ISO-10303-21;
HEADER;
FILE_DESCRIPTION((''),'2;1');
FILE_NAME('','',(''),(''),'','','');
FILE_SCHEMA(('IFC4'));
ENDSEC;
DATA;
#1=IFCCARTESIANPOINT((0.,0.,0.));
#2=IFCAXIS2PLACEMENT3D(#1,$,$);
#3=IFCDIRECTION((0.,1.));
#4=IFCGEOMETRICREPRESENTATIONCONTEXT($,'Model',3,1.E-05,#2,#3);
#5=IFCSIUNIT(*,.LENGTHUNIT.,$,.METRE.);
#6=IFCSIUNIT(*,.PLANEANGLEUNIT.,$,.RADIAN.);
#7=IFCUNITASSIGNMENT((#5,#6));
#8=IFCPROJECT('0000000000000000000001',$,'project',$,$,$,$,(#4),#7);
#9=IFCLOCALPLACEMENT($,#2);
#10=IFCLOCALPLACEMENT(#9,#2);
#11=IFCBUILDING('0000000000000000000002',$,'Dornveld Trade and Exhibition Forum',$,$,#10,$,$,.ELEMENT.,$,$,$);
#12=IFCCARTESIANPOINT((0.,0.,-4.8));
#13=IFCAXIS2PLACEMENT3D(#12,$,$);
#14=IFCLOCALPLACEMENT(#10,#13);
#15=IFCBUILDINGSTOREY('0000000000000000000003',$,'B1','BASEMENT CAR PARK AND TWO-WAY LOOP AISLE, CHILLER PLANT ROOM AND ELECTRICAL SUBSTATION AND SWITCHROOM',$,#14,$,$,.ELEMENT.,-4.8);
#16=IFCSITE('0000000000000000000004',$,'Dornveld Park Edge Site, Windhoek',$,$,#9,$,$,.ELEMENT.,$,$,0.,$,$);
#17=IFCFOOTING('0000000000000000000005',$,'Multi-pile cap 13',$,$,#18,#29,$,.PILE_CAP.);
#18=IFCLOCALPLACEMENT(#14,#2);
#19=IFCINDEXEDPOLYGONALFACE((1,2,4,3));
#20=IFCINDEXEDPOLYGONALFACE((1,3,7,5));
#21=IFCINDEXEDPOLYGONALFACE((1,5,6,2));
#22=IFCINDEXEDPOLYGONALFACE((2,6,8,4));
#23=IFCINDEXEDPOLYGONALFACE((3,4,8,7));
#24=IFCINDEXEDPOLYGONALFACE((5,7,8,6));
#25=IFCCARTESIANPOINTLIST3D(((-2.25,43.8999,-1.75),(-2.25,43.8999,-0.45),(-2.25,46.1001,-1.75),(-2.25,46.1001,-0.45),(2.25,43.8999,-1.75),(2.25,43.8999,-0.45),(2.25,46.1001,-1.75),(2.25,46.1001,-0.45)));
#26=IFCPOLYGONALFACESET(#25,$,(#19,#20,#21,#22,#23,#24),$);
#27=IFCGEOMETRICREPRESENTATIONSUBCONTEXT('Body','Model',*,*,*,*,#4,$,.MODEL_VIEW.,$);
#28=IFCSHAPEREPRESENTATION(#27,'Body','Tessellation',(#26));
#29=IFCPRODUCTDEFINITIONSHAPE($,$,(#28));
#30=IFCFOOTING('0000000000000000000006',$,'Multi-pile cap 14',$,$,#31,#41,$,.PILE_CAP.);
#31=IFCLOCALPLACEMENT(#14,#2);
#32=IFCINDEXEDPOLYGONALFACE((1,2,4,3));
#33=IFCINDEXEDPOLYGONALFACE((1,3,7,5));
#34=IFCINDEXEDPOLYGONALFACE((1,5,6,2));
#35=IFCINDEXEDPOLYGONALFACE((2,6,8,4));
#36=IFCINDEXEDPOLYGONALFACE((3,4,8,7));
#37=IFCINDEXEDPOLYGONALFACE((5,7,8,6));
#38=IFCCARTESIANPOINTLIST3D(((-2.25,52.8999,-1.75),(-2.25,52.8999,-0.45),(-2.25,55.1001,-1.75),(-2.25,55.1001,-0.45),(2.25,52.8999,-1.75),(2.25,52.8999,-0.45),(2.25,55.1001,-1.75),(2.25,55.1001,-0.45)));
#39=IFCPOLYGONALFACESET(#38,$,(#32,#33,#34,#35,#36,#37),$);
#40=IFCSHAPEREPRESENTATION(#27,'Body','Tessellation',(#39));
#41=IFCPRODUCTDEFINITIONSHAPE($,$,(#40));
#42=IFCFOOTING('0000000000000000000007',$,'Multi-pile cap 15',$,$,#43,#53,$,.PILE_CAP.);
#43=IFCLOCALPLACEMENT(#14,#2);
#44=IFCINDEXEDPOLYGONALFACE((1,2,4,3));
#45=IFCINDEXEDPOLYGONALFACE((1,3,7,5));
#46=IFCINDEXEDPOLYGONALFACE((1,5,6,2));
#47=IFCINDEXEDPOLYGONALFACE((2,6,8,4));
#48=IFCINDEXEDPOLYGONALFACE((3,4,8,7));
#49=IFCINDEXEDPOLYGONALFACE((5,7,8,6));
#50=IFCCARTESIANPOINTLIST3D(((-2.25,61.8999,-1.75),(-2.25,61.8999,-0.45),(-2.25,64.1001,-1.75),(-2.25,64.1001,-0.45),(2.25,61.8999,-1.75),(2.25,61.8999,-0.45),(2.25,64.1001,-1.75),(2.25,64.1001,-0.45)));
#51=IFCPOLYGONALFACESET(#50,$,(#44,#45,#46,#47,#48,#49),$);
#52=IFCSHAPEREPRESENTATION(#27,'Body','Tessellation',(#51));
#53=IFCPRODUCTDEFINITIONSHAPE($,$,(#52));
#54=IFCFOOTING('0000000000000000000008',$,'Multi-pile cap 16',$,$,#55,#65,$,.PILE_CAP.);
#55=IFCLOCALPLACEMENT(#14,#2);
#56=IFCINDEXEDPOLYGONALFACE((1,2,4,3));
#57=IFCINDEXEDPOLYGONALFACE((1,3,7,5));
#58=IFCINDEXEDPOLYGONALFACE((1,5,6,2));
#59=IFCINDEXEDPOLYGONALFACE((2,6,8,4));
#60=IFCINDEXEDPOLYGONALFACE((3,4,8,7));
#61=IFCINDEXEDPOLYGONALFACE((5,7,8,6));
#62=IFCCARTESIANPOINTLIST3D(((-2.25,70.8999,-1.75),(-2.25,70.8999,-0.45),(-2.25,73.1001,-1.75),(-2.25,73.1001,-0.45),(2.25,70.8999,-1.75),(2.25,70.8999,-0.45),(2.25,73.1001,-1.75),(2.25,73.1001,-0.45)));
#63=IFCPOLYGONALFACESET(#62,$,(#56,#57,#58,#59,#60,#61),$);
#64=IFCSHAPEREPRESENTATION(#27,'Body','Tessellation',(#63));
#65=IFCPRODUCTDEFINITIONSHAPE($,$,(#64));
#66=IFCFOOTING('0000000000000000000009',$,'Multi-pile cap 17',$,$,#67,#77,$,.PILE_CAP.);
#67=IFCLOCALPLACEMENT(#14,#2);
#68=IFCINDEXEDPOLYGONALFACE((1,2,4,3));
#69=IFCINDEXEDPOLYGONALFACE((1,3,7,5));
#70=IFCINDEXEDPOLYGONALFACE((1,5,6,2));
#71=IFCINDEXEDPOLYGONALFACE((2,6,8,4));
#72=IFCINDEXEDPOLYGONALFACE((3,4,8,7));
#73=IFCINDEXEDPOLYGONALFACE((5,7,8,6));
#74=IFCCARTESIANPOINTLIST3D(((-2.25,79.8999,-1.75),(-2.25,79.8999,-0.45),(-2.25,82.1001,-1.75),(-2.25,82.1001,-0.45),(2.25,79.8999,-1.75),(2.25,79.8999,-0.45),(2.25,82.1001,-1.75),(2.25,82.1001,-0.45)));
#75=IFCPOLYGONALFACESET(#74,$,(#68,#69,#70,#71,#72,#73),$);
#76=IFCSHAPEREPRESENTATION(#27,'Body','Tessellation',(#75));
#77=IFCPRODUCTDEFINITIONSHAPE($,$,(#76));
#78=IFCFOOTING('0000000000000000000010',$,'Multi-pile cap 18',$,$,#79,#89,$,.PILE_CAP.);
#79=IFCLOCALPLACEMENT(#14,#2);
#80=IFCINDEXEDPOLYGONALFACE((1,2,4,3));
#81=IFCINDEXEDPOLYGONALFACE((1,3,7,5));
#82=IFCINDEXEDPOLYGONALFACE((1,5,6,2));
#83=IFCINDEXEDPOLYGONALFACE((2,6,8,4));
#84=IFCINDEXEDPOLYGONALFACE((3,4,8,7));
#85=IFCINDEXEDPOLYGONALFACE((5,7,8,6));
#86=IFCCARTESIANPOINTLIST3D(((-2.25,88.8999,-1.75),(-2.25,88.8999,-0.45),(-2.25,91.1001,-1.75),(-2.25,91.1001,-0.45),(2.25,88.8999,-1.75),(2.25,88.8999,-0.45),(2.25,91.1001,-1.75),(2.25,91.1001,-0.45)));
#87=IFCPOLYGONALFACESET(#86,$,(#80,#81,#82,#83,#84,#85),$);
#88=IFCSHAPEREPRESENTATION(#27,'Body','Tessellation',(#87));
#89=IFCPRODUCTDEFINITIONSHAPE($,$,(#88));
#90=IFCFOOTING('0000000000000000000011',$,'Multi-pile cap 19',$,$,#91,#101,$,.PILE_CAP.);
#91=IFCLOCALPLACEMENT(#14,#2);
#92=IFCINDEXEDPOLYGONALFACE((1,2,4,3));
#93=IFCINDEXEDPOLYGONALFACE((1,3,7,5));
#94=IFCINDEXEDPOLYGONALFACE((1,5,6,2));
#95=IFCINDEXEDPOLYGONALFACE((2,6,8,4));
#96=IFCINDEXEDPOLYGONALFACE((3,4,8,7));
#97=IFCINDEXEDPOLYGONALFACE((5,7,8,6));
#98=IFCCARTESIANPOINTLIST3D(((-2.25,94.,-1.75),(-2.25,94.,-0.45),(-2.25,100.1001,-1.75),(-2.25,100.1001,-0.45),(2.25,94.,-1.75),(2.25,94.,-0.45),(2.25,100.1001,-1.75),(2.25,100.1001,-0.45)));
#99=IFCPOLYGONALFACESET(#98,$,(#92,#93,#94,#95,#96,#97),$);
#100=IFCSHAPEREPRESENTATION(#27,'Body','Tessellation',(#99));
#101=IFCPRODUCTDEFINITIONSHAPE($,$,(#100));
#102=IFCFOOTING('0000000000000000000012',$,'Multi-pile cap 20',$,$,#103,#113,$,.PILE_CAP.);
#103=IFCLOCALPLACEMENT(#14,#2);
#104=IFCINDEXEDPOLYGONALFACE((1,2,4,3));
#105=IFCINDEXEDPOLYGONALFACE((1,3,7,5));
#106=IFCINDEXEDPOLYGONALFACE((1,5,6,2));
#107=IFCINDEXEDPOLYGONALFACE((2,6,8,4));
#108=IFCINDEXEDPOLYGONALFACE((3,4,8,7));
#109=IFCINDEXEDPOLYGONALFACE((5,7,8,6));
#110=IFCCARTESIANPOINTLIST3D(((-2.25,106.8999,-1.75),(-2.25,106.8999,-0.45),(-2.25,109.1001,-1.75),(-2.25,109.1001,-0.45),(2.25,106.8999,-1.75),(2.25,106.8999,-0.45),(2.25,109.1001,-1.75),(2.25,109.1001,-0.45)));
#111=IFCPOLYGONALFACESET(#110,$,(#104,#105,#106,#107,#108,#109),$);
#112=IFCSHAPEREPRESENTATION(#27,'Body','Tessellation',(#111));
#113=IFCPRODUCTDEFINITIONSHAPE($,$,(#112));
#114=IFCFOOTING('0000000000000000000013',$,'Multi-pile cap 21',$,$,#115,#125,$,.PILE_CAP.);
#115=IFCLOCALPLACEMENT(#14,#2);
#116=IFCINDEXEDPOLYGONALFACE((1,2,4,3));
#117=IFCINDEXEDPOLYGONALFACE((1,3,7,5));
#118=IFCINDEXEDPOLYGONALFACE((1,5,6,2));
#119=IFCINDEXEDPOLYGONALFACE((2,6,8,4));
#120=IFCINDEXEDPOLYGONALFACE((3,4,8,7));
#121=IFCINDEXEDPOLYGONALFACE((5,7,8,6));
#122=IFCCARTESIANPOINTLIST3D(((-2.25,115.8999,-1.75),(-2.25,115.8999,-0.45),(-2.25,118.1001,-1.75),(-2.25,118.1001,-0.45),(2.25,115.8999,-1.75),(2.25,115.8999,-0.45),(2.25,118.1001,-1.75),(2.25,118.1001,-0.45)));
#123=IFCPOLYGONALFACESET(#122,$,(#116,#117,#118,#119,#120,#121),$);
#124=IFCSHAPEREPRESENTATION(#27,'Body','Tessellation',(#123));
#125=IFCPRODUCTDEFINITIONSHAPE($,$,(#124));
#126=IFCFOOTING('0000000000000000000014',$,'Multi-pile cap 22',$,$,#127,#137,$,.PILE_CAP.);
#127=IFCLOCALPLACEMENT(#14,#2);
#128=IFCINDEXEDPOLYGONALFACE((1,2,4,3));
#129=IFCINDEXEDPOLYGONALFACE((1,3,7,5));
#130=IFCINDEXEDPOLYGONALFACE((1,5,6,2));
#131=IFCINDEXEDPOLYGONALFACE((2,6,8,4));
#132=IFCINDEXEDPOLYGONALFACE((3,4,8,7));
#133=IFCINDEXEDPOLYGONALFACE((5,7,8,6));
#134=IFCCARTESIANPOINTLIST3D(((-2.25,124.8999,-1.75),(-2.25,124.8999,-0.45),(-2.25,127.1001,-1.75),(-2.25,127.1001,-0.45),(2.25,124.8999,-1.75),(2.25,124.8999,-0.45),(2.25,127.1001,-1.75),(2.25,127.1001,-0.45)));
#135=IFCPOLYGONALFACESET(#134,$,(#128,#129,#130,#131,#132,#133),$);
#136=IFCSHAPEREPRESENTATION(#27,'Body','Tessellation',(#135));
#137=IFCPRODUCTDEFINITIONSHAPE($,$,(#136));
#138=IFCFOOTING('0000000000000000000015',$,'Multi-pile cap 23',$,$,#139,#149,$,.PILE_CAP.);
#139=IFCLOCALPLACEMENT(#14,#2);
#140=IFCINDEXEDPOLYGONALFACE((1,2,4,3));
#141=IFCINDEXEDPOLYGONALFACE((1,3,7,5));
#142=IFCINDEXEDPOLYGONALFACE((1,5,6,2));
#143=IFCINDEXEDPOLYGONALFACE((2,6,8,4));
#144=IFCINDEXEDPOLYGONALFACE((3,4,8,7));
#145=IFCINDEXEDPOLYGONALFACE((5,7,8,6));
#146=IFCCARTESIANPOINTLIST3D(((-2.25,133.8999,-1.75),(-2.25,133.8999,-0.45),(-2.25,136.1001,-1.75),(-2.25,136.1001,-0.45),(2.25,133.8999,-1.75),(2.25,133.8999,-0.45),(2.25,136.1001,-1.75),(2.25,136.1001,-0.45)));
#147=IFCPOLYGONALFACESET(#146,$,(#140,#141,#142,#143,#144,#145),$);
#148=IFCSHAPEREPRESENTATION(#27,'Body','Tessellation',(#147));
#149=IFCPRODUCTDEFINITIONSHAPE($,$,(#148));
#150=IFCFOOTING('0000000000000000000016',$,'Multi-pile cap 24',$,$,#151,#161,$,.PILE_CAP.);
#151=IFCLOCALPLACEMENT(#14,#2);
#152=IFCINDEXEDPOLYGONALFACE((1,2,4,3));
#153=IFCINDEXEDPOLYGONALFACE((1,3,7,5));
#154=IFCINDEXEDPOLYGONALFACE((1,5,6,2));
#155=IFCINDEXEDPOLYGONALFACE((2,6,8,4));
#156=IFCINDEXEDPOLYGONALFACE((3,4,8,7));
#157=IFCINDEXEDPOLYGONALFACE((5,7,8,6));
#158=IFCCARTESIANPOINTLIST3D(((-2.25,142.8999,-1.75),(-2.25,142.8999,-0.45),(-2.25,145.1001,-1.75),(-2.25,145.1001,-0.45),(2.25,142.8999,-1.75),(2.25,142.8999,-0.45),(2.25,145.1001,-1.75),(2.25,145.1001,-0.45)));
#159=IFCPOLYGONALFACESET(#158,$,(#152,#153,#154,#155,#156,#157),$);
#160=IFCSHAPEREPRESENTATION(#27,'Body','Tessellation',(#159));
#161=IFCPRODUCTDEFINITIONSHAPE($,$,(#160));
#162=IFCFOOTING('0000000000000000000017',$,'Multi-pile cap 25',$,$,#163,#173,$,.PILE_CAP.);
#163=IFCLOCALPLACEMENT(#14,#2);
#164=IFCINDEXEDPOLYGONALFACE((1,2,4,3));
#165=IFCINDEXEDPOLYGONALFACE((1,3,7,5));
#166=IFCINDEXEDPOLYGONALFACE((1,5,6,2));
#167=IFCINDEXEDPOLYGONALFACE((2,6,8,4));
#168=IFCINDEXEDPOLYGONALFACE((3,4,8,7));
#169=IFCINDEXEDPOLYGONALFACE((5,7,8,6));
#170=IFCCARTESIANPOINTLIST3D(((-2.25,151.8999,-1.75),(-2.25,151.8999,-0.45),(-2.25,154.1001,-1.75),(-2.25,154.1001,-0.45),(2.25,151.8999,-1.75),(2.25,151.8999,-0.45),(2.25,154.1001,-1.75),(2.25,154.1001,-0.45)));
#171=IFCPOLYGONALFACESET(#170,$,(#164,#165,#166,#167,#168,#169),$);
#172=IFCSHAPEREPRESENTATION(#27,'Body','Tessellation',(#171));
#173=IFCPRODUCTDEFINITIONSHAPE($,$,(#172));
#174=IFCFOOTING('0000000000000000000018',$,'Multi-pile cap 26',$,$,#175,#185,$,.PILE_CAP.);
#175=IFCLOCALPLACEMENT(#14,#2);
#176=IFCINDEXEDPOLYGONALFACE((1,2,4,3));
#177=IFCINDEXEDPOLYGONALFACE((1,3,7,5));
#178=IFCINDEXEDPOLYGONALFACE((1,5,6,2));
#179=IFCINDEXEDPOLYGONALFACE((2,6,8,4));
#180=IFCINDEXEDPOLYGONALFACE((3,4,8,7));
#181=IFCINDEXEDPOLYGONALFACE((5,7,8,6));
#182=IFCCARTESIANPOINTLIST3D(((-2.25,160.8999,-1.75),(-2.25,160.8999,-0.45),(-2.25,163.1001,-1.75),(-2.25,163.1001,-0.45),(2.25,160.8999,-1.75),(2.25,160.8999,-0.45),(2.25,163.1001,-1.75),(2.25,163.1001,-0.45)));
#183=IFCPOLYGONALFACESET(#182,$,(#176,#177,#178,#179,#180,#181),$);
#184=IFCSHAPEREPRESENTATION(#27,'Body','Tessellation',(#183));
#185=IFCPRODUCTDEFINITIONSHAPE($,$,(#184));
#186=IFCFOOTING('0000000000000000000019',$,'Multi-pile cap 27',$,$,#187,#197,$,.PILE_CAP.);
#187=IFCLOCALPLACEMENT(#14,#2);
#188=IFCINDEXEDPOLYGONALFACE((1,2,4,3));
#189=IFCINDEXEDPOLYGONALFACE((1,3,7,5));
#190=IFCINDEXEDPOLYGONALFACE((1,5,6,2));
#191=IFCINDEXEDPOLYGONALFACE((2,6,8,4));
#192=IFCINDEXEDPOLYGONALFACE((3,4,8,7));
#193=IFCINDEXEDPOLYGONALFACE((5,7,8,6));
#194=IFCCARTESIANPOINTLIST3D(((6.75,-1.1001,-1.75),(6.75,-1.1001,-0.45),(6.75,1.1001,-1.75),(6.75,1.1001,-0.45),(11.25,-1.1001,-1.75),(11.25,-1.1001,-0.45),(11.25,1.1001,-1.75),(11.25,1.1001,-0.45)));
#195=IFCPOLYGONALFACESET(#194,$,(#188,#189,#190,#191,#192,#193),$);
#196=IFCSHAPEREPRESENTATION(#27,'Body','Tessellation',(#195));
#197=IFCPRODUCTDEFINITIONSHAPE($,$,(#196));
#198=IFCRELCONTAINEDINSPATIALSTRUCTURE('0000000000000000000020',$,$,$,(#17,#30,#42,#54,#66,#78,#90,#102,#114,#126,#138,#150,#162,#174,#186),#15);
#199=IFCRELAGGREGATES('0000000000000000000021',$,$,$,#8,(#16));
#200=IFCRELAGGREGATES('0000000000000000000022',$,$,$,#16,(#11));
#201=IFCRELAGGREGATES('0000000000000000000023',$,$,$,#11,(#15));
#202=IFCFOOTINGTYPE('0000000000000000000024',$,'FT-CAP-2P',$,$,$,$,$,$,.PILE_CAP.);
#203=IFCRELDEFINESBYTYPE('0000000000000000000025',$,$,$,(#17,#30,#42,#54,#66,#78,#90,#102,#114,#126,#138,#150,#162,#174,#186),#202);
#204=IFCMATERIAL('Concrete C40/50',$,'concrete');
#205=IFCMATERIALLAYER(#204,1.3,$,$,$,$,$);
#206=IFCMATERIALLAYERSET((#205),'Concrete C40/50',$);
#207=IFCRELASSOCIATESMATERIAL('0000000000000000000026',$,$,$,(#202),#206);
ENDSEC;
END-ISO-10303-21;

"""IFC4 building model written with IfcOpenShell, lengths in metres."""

from ifc_helpers import new_model, si_unit, direction, frame, origin, place, context, subcontext, project, spatial, polyline, outline, extrude, material, layer, layer_set, type_object, element, save


model = new_model("IFC4")

# Units and contexts
model_context = context("Model", 3, precision=1e-05, world=origin(), true_north=direction((0.0, 1.0)))
body_context = subcontext(model_context, "Body", "Model", "MODEL_VIEW")
ifc_project = project(units=[si_unit("LENGTHUNIT", "METRE"), si_unit("PLANEANGLEUNIT", "RADIAN")], contexts=[model_context])

# Site, building, storey
site_placement = place(None, origin())
site = spatial("IfcSite", under=ifc_project, at=site_placement, Name="Dornveld Park Edge Site, Windhoek", CompositionType="ELEMENT", RefElevation=0.0)
building_placement = place(site_placement, origin())
building = spatial("IfcBuilding", under=site, at=building_placement, Name="Dornveld Trade and Exhibition Forum", CompositionType="ELEMENT")
storey_placement = place(building_placement, frame((0.0, 0.0, -4.8)))
storey = spatial("IfcBuildingStorey", under=building, at=storey_placement, Name="B1", Description="BASEMENT CAR PARK AND TWO-WAY LOOP AISLE, CHILLER PLANT ROOM AND ELECTRICAL SUBSTATION AND SWITCHROOM", CompositionType="ELEMENT", Elevation=-4.8)

# Footings
ifc_material_1 = material(Name="Concrete C40/50", Category="concrete")
ifc_layer_1 = layer(ifc_material_1, 1.3)
ifc_layer_set_1 = layer_set([ifc_layer_1], Name="Concrete C40/50")
footing_type_1 = type_object("IfcFootingType", Name="FT-CAP-2P", PredefinedType="PILE_CAP", material=ifc_layer_set_1)
footing_1_placement = place(storey_placement, frame((0.0, 0.0, -1.75)))
element("IfcFooting", 1, at=footing_1_placement, inside=storey, type_object=footing_type_1, Name="Multi-pile cap 13", PredefinedType="PILE_CAP", context=body_context, shape_type="SweptSolid", body=[
    extrude(outline(polyline([(-2.25, 43.8999), (2.25, 43.8999), (2.25, 46.1001), (-2.25, 46.1001), (-2.25, 43.8999)])), origin(), (0.0, 0.0, 1.0), 1.3),
])
footing_2_placement = place(storey_placement, frame((0.0, 0.0, -1.75)))
element("IfcFooting", 2, at=footing_2_placement, inside=storey, type_object=footing_type_1, Name="Multi-pile cap 14", PredefinedType="PILE_CAP", context=body_context, shape_type="SweptSolid", body=[
    extrude(outline(polyline([(-2.25, 52.8999), (2.25, 52.8999), (2.25, 55.1001), (-2.25, 55.1001), (-2.25, 52.8999)])), origin(), (0.0, 0.0, 1.0), 1.3),
])
footing_3_placement = place(storey_placement, frame((0.0, 0.0, -1.75)))
element("IfcFooting", 3, at=footing_3_placement, inside=storey, type_object=footing_type_1, Name="Multi-pile cap 15", PredefinedType="PILE_CAP", context=body_context, shape_type="SweptSolid", body=[
    extrude(outline(polyline([(-2.25, 61.8999), (2.25, 61.8999), (2.25, 64.1001), (-2.25, 64.1001), (-2.25, 61.8999)])), origin(), (0.0, 0.0, 1.0), 1.3),
])
footing_4_placement = place(storey_placement, frame((0.0, 0.0, -1.75)))
element("IfcFooting", 4, at=footing_4_placement, inside=storey, type_object=footing_type_1, Name="Multi-pile cap 16", PredefinedType="PILE_CAP", context=body_context, shape_type="SweptSolid", body=[
    extrude(outline(polyline([(-2.25, 70.8999), (2.25, 70.8999), (2.25, 73.1001), (-2.25, 73.1001), (-2.25, 70.8999)])), origin(), (0.0, 0.0, 1.0), 1.3),
])
footing_5_placement = place(storey_placement, frame((0.0, 0.0, -1.75)))
element("IfcFooting", 5, at=footing_5_placement, inside=storey, type_object=footing_type_1, Name="Multi-pile cap 17", PredefinedType="PILE_CAP", context=body_context, shape_type="SweptSolid", body=[
    extrude(outline(polyline([(-2.25, 79.8999), (2.25, 79.8999), (2.25, 82.1001), (-2.25, 82.1001), (-2.25, 79.8999)])), origin(), (0.0, 0.0, 1.0), 1.3),
])
footing_6_placement = place(storey_placement, frame((0.0, 0.0, -1.75)))
element("IfcFooting", 6, at=footing_6_placement, inside=storey, type_object=footing_type_1, Name="Multi-pile cap 18", PredefinedType="PILE_CAP", context=body_context, shape_type="SweptSolid", body=[
    extrude(outline(polyline([(-2.25, 88.8999), (2.25, 88.8999), (2.25, 91.1001), (-2.25, 91.1001), (-2.25, 88.8999)])), origin(), (0.0, 0.0, 1.0), 1.3),
])
footing_7_placement = place(storey_placement, frame((0.0, 0.0, -1.75)))
element("IfcFooting", 7, at=footing_7_placement, inside=storey, type_object=footing_type_1, Name="Multi-pile cap 19", PredefinedType="PILE_CAP", context=body_context, shape_type="SweptSolid", body=[
    extrude(outline(polyline([(-2.25, 94.0), (2.25, 94.0), (2.25, 100.1001), (-2.25, 100.1001), (-2.25, 94.0)])), origin(), (0.0, 0.0, 1.0), 1.3),
])
footing_8_placement = place(storey_placement, frame((0.0, 0.0, -1.75)))
element("IfcFooting", 8, at=footing_8_placement, inside=storey, type_object=footing_type_1, Name="Multi-pile cap 20", PredefinedType="PILE_CAP", context=body_context, shape_type="SweptSolid", body=[
    extrude(outline(polyline([(-2.25, 106.8999), (2.25, 106.8999), (2.25, 109.1001), (-2.25, 109.1001), (-2.25, 106.8999)])), origin(), (0.0, 0.0, 1.0), 1.3),
])
footing_9_placement = place(storey_placement, frame((0.0, 0.0, -1.75)))
element("IfcFooting", 9, at=footing_9_placement, inside=storey, type_object=footing_type_1, Name="Multi-pile cap 21", PredefinedType="PILE_CAP", context=body_context, shape_type="SweptSolid", body=[
    extrude(outline(polyline([(-2.25, 115.8999), (2.25, 115.8999), (2.25, 118.1001), (-2.25, 118.1001), (-2.25, 115.8999)])), origin(), (0.0, 0.0, 1.0), 1.3),
])
footing_10_placement = place(storey_placement, frame((0.0, 0.0, -1.75)))
element("IfcFooting", 10, at=footing_10_placement, inside=storey, type_object=footing_type_1, Name="Multi-pile cap 22", PredefinedType="PILE_CAP", context=body_context, shape_type="SweptSolid", body=[
    extrude(outline(polyline([(-2.25, 124.8999), (2.25, 124.8999), (2.25, 127.1001), (-2.25, 127.1001), (-2.25, 124.8999)])), origin(), (0.0, 0.0, 1.0), 1.3),
])
footing_11_placement = place(storey_placement, frame((0.0, 0.0, -1.75)))
element("IfcFooting", 11, at=footing_11_placement, inside=storey, type_object=footing_type_1, Name="Multi-pile cap 23", PredefinedType="PILE_CAP", context=body_context, shape_type="SweptSolid", body=[
    extrude(outline(polyline([(-2.25, 133.8999), (2.25, 133.8999), (2.25, 136.1001), (-2.25, 136.1001), (-2.25, 133.8999)])), origin(), (0.0, 0.0, 1.0), 1.3),
])
footing_12_placement = place(storey_placement, frame((0.0, 0.0, -1.75)))
element("IfcFooting", 12, at=footing_12_placement, inside=storey, type_object=footing_type_1, Name="Multi-pile cap 24", PredefinedType="PILE_CAP", context=body_context, shape_type="SweptSolid", body=[
    extrude(outline(polyline([(-2.25, 142.8999), (2.25, 142.8999), (2.25, 145.1001), (-2.25, 145.1001), (-2.25, 142.8999)])), origin(), (0.0, 0.0, 1.0), 1.3),
])
footing_13_placement = place(storey_placement, frame((0.0, 0.0, -1.75)))
element("IfcFooting", 13, at=footing_13_placement, inside=storey, type_object=footing_type_1, Name="Multi-pile cap 25", PredefinedType="PILE_CAP", context=body_context, shape_type="SweptSolid", body=[
    extrude(outline(polyline([(-2.25, 151.8999), (2.25, 151.8999), (2.25, 154.1001), (-2.25, 154.1001), (-2.25, 151.8999)])), origin(), (0.0, 0.0, 1.0), 1.3),
])
footing_14_placement = place(storey_placement, frame((0.0, 0.0, -1.75)))
element("IfcFooting", 14, at=footing_14_placement, inside=storey, type_object=footing_type_1, Name="Multi-pile cap 26", PredefinedType="PILE_CAP", context=body_context, shape_type="SweptSolid", body=[
    extrude(outline(polyline([(-2.25, 160.8999), (2.25, 160.8999), (2.25, 163.1001), (-2.25, 163.1001), (-2.25, 160.8999)])), origin(), (0.0, 0.0, 1.0), 1.3),
])
footing_15_placement = place(storey_placement, frame((0.0, 0.0, -1.75)))
element("IfcFooting", 15, at=footing_15_placement, inside=storey, type_object=footing_type_1, Name="Multi-pile cap 27", PredefinedType="PILE_CAP", context=body_context, shape_type="SweptSolid", body=[
    extrude(outline(polyline([(6.75, -1.1001), (11.25, -1.1001), (11.25, 1.1001), (6.75, 1.1001), (6.75, -1.1001)])), origin(), (0.0, 0.0, 1.0), 1.3),
])

save(model, "model.ifc")
